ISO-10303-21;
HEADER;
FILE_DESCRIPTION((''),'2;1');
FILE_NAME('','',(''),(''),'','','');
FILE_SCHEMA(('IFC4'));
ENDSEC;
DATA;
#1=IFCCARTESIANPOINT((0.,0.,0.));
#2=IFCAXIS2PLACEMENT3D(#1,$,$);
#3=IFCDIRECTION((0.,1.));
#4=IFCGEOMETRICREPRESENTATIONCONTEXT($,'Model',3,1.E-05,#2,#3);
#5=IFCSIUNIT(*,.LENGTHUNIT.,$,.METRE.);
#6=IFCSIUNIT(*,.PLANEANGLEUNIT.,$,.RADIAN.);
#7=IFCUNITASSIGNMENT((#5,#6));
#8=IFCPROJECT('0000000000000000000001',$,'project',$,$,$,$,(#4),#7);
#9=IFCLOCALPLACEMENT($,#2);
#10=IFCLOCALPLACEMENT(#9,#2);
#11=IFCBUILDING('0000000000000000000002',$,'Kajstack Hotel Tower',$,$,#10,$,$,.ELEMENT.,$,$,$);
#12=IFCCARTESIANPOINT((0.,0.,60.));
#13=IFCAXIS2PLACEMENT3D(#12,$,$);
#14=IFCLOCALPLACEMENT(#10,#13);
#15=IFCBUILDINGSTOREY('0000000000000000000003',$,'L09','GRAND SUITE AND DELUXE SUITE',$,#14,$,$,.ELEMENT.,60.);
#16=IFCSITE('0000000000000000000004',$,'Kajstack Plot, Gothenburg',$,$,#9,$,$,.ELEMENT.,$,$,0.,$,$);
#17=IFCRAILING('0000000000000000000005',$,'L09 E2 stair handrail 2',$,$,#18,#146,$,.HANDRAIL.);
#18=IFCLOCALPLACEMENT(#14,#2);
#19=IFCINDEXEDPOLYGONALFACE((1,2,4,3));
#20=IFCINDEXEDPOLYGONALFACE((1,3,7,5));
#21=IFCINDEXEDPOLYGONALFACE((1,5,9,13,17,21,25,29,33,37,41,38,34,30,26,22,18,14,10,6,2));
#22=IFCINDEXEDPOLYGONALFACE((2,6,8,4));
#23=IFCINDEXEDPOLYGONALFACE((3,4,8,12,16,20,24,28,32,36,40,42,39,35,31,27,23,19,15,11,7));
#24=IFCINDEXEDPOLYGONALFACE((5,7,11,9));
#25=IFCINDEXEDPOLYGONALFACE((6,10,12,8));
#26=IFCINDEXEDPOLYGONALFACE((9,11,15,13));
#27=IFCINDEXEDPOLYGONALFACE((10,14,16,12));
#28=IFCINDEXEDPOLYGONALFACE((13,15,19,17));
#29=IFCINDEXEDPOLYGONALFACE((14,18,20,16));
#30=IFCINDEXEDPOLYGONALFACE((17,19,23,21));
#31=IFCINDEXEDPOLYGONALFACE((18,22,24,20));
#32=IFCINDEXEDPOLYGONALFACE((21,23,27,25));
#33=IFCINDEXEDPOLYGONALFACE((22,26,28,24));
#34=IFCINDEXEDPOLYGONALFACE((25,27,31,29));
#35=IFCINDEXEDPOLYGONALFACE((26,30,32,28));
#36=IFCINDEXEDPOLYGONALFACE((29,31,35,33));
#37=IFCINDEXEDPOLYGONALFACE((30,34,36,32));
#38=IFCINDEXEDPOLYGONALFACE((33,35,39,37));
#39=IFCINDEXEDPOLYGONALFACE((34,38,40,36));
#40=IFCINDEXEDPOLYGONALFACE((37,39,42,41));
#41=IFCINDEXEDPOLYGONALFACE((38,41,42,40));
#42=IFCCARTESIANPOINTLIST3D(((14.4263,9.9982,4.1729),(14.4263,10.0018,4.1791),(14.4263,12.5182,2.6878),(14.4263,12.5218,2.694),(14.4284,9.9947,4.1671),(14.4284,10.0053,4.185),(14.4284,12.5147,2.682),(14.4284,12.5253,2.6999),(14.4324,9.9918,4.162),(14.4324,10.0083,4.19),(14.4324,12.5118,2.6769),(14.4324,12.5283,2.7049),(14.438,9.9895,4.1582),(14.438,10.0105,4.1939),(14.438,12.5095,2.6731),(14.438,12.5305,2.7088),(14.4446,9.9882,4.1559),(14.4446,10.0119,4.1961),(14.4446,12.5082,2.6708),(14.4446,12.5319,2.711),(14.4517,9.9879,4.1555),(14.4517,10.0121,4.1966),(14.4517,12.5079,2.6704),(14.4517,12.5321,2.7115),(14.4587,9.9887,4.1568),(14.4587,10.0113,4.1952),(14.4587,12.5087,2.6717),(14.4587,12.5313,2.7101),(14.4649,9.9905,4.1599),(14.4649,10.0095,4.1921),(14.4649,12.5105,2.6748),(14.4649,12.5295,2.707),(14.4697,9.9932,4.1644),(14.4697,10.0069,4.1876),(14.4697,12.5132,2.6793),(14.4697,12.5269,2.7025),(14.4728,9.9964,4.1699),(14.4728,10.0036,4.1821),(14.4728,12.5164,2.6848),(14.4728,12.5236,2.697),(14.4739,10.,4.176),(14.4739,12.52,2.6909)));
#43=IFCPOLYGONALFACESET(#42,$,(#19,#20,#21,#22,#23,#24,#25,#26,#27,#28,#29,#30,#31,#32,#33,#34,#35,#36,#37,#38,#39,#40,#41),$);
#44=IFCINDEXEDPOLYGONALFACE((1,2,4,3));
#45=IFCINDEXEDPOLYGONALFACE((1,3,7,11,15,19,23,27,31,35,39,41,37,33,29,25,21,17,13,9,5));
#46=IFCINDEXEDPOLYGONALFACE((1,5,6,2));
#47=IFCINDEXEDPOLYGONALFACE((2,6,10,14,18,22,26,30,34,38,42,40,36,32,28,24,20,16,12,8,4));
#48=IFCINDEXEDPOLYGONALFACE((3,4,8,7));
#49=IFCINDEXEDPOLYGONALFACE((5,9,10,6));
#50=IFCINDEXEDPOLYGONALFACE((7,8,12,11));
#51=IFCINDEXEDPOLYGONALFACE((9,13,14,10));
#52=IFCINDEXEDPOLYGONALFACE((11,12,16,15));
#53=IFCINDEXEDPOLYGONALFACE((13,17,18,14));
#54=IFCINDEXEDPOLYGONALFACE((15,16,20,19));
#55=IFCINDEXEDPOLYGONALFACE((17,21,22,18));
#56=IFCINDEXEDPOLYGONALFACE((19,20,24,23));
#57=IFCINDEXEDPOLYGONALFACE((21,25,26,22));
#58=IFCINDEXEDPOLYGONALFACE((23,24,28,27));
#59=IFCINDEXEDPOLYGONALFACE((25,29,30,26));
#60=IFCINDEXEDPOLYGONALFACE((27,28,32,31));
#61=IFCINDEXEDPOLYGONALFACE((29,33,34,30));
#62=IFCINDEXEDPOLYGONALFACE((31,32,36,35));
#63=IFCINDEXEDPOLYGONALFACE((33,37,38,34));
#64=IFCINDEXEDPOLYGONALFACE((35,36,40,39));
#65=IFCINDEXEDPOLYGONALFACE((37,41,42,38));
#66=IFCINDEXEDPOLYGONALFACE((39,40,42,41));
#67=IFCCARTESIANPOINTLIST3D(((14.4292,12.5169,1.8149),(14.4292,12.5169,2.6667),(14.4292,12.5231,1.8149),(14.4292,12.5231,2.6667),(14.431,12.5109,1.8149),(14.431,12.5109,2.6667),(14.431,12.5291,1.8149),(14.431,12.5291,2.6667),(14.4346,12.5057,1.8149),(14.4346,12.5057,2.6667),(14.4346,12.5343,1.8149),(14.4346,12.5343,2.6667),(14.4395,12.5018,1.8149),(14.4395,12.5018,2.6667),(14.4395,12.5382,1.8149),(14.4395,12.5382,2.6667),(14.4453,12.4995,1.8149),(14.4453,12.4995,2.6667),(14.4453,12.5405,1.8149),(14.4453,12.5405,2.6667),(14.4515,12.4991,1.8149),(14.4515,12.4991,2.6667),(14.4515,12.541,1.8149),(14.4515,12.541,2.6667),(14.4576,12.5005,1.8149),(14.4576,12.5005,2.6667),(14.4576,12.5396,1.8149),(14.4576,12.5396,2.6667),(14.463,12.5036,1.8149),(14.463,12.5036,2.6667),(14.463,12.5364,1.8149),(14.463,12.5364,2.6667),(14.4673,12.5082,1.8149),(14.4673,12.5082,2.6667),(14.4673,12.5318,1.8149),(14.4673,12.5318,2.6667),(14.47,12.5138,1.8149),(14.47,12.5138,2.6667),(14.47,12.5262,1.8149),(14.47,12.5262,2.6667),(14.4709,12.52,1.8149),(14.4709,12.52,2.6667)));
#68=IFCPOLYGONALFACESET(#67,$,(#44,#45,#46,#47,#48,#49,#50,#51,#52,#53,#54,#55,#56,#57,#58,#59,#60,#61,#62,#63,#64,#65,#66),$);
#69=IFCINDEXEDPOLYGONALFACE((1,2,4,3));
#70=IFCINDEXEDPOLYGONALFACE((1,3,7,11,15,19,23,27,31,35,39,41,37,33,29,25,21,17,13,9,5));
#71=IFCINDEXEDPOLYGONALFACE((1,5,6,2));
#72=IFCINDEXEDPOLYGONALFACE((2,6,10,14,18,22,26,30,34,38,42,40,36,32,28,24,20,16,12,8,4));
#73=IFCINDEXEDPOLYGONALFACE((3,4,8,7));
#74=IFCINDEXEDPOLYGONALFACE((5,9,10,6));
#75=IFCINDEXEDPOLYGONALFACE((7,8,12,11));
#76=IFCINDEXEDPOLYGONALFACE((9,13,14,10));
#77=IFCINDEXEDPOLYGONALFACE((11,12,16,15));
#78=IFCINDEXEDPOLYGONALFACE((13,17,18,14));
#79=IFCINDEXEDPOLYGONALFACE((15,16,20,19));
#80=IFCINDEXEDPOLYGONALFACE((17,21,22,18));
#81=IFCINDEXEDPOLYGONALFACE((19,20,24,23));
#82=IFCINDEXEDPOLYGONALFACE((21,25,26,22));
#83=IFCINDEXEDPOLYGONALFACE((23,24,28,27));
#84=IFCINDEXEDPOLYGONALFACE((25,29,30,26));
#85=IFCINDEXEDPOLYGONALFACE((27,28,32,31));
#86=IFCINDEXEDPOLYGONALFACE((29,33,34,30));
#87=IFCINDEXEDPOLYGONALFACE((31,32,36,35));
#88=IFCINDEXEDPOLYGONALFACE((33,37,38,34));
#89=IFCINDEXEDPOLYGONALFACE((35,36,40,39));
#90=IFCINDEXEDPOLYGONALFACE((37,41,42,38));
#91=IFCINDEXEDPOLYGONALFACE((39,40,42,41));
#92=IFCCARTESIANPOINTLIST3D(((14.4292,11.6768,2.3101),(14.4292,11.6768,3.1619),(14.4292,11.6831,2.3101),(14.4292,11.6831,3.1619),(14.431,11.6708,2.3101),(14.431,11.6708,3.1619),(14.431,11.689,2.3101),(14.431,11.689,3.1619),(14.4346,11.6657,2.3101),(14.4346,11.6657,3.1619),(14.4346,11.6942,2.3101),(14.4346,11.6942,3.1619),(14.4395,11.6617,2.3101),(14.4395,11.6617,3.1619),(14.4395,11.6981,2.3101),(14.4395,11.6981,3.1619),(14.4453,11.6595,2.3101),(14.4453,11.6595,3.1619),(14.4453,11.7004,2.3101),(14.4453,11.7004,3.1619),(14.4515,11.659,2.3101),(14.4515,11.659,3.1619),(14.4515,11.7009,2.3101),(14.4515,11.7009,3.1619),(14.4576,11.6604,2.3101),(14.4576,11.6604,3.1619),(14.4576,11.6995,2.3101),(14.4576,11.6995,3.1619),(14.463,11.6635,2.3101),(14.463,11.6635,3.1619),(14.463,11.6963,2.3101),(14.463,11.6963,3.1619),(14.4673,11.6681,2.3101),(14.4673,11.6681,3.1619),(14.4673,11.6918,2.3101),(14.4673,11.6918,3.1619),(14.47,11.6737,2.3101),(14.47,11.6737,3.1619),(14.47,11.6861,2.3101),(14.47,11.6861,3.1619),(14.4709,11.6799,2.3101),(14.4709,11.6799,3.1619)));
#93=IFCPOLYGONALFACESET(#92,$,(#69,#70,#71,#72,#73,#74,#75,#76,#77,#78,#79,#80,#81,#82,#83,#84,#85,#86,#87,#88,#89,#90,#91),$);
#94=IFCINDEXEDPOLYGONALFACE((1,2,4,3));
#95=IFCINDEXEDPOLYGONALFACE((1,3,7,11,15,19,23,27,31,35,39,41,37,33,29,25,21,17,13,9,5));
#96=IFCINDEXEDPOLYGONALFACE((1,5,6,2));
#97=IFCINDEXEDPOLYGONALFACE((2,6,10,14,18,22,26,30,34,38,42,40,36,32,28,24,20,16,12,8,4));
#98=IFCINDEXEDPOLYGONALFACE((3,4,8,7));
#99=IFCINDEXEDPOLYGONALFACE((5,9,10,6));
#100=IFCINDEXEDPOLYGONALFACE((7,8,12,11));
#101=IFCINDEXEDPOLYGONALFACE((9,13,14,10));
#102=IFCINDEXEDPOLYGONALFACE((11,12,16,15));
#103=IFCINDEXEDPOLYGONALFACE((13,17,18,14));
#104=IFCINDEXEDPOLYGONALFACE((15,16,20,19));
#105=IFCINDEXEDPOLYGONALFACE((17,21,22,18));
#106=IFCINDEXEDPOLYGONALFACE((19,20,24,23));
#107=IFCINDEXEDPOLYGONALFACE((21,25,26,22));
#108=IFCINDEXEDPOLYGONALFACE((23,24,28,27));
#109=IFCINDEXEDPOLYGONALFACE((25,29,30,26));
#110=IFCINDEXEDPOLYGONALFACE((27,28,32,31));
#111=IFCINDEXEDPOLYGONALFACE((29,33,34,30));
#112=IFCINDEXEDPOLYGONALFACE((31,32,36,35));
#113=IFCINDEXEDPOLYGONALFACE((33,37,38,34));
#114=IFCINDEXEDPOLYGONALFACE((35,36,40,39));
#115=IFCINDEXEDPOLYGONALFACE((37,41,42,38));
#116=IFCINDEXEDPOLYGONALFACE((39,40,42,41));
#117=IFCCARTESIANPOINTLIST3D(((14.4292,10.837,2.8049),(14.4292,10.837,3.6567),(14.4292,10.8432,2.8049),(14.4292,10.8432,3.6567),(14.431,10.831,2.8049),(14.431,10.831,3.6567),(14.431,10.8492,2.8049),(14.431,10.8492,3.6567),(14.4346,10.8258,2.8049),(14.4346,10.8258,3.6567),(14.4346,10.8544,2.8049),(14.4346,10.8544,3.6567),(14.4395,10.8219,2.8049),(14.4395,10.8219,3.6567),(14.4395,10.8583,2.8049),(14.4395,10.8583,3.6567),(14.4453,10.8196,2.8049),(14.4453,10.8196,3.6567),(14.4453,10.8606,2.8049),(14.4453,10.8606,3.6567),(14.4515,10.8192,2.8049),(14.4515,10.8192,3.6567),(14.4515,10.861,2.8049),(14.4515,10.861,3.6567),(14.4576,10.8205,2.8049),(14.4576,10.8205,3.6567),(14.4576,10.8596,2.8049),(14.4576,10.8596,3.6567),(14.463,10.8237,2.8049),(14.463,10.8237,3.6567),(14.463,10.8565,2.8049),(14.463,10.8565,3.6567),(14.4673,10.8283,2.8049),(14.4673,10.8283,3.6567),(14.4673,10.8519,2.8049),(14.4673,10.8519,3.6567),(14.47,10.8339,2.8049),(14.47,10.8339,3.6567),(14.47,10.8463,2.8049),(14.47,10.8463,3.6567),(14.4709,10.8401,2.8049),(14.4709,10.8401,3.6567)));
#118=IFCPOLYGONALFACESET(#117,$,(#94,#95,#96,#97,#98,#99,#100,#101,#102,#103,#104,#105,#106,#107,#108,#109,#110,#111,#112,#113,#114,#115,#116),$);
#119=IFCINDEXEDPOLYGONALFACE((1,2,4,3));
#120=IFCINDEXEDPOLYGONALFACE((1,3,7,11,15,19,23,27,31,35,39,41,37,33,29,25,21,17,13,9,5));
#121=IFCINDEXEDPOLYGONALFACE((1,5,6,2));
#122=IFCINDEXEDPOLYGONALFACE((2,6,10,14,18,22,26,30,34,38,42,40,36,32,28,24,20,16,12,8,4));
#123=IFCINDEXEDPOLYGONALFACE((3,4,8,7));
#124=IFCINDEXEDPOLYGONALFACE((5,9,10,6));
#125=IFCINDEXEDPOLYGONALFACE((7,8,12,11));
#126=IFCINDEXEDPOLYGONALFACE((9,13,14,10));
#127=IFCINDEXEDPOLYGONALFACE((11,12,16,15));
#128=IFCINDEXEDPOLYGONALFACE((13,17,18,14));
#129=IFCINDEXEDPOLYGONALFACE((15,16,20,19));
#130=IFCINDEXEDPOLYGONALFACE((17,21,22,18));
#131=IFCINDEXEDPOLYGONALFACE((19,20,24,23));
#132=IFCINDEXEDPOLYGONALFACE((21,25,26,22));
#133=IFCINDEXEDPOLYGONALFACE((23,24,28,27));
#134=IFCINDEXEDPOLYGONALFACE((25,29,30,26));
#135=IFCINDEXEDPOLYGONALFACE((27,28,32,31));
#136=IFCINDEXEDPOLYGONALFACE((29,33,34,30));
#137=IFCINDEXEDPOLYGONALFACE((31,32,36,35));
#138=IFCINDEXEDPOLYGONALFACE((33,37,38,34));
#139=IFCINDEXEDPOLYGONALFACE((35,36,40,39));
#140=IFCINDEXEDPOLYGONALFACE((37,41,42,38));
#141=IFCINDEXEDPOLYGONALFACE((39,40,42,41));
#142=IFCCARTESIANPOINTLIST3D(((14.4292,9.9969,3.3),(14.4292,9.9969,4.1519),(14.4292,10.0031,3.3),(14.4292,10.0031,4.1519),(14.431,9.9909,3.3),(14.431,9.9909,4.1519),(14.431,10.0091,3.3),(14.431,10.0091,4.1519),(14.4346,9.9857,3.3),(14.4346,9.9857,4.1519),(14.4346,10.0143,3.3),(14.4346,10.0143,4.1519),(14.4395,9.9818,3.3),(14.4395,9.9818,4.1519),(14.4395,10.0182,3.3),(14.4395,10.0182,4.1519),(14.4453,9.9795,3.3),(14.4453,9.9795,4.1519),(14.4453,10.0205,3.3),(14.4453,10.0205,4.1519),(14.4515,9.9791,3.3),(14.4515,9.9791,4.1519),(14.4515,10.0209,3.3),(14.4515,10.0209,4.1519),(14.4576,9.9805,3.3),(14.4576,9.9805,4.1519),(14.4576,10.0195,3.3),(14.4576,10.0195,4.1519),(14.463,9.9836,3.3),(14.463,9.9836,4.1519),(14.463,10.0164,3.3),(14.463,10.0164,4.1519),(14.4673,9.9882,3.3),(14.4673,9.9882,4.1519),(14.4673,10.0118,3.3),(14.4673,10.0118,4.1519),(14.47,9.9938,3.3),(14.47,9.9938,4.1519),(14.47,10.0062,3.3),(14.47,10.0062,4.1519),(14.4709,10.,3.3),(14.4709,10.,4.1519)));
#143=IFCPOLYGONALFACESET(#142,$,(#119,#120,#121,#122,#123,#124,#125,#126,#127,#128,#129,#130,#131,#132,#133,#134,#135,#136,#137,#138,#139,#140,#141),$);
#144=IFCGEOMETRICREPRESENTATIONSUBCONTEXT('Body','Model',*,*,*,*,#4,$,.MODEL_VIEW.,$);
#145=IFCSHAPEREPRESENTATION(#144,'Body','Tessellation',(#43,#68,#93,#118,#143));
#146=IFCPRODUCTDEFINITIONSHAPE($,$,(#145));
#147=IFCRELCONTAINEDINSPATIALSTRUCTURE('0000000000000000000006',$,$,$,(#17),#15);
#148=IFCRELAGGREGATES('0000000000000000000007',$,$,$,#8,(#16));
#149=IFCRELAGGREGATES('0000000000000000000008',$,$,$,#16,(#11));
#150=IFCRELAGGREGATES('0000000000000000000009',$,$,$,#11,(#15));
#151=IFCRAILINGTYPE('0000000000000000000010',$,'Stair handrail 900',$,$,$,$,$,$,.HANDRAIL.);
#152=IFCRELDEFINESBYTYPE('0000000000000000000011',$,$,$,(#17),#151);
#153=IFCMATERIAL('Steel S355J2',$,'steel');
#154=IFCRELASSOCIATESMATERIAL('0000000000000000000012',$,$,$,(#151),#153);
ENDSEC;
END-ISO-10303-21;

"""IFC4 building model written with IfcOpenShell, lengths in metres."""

from ifc_helpers import new_model, si_unit, direction, frame, origin, origin_2d, place, context, subcontext, project, spatial, circle, extrude, material, type_object, element, save


model = new_model("IFC4")

# Units and contexts
model_context = context("Model", 3, precision=1e-05, world=origin(), true_north=direction((0.0, 1.0)))
body_context = subcontext(model_context, "Body", "Model", "MODEL_VIEW")
ifc_project = project(units=[si_unit("LENGTHUNIT", "METRE"), si_unit("PLANEANGLEUNIT", "RADIAN")], contexts=[model_context])

# Site, building, storey
site_placement = place(None, origin())
site = spatial("IfcSite", under=ifc_project, at=site_placement, Name="Kajstack Plot, Gothenburg", CompositionType="ELEMENT", RefElevation=0.0)
building_placement = place(site_placement, origin())
building = spatial("IfcBuilding", under=site, at=building_placement, Name="Kajstack Hotel Tower", CompositionType="ELEMENT")
storey_placement = place(building_placement, frame((0.0, 0.0, 60.0)))
storey = spatial("IfcBuildingStorey", under=building, at=storey_placement, Name="L09", Description="GRAND SUITE AND DELUXE SUITE", CompositionType="ELEMENT", Elevation=60.0)

# Railing
ifc_material_1 = material(Name="Steel S355J2", Category="steel")
railing_type = type_object("IfcRailingType", Name="Stair handrail 900", PredefinedType="HANDRAIL", material=ifc_material_1)
railing_placement = place(storey_placement, frame((14.45, 12.52, 1.8149)))
element("IfcRailing", 1, at=railing_placement, inside=storey, type_object=railing_type, Name="L09 E2 stair handrail 2", PredefinedType="HANDRAIL", context=body_context, shape_type="SweptSolid", body=[
    extrude(circle(Radius=0.0239, at=origin_2d()), frame((0.0, 0.0, 0.876), z_axis=(0.0, -0.861524, 0.507717), x_axis=(1.0, 0.0, 0.0)), (0.0, 0.0, 1.0), 2.925),
    extrude(circle(Radius=0.021, at=origin_2d()), origin(), (0.0, 0.0, 1.0), 0.8518),
    extrude(circle(Radius=0.021, at=origin_2d()), frame((0.0, -0.8401, 0.4951)), (0.0, 0.0, 1.0), 0.8518),
    extrude(circle(Radius=0.021, at=origin_2d()), frame((0.0, -1.6799, 0.99)), (0.0, 0.0, 1.0), 0.8518),
    extrude(circle(Radius=0.021, at=origin_2d()), frame((0.0, -2.52, 1.4851)), (0.0, 0.0, 1.0), 0.8518),
])

save(model, "model.ifc")
